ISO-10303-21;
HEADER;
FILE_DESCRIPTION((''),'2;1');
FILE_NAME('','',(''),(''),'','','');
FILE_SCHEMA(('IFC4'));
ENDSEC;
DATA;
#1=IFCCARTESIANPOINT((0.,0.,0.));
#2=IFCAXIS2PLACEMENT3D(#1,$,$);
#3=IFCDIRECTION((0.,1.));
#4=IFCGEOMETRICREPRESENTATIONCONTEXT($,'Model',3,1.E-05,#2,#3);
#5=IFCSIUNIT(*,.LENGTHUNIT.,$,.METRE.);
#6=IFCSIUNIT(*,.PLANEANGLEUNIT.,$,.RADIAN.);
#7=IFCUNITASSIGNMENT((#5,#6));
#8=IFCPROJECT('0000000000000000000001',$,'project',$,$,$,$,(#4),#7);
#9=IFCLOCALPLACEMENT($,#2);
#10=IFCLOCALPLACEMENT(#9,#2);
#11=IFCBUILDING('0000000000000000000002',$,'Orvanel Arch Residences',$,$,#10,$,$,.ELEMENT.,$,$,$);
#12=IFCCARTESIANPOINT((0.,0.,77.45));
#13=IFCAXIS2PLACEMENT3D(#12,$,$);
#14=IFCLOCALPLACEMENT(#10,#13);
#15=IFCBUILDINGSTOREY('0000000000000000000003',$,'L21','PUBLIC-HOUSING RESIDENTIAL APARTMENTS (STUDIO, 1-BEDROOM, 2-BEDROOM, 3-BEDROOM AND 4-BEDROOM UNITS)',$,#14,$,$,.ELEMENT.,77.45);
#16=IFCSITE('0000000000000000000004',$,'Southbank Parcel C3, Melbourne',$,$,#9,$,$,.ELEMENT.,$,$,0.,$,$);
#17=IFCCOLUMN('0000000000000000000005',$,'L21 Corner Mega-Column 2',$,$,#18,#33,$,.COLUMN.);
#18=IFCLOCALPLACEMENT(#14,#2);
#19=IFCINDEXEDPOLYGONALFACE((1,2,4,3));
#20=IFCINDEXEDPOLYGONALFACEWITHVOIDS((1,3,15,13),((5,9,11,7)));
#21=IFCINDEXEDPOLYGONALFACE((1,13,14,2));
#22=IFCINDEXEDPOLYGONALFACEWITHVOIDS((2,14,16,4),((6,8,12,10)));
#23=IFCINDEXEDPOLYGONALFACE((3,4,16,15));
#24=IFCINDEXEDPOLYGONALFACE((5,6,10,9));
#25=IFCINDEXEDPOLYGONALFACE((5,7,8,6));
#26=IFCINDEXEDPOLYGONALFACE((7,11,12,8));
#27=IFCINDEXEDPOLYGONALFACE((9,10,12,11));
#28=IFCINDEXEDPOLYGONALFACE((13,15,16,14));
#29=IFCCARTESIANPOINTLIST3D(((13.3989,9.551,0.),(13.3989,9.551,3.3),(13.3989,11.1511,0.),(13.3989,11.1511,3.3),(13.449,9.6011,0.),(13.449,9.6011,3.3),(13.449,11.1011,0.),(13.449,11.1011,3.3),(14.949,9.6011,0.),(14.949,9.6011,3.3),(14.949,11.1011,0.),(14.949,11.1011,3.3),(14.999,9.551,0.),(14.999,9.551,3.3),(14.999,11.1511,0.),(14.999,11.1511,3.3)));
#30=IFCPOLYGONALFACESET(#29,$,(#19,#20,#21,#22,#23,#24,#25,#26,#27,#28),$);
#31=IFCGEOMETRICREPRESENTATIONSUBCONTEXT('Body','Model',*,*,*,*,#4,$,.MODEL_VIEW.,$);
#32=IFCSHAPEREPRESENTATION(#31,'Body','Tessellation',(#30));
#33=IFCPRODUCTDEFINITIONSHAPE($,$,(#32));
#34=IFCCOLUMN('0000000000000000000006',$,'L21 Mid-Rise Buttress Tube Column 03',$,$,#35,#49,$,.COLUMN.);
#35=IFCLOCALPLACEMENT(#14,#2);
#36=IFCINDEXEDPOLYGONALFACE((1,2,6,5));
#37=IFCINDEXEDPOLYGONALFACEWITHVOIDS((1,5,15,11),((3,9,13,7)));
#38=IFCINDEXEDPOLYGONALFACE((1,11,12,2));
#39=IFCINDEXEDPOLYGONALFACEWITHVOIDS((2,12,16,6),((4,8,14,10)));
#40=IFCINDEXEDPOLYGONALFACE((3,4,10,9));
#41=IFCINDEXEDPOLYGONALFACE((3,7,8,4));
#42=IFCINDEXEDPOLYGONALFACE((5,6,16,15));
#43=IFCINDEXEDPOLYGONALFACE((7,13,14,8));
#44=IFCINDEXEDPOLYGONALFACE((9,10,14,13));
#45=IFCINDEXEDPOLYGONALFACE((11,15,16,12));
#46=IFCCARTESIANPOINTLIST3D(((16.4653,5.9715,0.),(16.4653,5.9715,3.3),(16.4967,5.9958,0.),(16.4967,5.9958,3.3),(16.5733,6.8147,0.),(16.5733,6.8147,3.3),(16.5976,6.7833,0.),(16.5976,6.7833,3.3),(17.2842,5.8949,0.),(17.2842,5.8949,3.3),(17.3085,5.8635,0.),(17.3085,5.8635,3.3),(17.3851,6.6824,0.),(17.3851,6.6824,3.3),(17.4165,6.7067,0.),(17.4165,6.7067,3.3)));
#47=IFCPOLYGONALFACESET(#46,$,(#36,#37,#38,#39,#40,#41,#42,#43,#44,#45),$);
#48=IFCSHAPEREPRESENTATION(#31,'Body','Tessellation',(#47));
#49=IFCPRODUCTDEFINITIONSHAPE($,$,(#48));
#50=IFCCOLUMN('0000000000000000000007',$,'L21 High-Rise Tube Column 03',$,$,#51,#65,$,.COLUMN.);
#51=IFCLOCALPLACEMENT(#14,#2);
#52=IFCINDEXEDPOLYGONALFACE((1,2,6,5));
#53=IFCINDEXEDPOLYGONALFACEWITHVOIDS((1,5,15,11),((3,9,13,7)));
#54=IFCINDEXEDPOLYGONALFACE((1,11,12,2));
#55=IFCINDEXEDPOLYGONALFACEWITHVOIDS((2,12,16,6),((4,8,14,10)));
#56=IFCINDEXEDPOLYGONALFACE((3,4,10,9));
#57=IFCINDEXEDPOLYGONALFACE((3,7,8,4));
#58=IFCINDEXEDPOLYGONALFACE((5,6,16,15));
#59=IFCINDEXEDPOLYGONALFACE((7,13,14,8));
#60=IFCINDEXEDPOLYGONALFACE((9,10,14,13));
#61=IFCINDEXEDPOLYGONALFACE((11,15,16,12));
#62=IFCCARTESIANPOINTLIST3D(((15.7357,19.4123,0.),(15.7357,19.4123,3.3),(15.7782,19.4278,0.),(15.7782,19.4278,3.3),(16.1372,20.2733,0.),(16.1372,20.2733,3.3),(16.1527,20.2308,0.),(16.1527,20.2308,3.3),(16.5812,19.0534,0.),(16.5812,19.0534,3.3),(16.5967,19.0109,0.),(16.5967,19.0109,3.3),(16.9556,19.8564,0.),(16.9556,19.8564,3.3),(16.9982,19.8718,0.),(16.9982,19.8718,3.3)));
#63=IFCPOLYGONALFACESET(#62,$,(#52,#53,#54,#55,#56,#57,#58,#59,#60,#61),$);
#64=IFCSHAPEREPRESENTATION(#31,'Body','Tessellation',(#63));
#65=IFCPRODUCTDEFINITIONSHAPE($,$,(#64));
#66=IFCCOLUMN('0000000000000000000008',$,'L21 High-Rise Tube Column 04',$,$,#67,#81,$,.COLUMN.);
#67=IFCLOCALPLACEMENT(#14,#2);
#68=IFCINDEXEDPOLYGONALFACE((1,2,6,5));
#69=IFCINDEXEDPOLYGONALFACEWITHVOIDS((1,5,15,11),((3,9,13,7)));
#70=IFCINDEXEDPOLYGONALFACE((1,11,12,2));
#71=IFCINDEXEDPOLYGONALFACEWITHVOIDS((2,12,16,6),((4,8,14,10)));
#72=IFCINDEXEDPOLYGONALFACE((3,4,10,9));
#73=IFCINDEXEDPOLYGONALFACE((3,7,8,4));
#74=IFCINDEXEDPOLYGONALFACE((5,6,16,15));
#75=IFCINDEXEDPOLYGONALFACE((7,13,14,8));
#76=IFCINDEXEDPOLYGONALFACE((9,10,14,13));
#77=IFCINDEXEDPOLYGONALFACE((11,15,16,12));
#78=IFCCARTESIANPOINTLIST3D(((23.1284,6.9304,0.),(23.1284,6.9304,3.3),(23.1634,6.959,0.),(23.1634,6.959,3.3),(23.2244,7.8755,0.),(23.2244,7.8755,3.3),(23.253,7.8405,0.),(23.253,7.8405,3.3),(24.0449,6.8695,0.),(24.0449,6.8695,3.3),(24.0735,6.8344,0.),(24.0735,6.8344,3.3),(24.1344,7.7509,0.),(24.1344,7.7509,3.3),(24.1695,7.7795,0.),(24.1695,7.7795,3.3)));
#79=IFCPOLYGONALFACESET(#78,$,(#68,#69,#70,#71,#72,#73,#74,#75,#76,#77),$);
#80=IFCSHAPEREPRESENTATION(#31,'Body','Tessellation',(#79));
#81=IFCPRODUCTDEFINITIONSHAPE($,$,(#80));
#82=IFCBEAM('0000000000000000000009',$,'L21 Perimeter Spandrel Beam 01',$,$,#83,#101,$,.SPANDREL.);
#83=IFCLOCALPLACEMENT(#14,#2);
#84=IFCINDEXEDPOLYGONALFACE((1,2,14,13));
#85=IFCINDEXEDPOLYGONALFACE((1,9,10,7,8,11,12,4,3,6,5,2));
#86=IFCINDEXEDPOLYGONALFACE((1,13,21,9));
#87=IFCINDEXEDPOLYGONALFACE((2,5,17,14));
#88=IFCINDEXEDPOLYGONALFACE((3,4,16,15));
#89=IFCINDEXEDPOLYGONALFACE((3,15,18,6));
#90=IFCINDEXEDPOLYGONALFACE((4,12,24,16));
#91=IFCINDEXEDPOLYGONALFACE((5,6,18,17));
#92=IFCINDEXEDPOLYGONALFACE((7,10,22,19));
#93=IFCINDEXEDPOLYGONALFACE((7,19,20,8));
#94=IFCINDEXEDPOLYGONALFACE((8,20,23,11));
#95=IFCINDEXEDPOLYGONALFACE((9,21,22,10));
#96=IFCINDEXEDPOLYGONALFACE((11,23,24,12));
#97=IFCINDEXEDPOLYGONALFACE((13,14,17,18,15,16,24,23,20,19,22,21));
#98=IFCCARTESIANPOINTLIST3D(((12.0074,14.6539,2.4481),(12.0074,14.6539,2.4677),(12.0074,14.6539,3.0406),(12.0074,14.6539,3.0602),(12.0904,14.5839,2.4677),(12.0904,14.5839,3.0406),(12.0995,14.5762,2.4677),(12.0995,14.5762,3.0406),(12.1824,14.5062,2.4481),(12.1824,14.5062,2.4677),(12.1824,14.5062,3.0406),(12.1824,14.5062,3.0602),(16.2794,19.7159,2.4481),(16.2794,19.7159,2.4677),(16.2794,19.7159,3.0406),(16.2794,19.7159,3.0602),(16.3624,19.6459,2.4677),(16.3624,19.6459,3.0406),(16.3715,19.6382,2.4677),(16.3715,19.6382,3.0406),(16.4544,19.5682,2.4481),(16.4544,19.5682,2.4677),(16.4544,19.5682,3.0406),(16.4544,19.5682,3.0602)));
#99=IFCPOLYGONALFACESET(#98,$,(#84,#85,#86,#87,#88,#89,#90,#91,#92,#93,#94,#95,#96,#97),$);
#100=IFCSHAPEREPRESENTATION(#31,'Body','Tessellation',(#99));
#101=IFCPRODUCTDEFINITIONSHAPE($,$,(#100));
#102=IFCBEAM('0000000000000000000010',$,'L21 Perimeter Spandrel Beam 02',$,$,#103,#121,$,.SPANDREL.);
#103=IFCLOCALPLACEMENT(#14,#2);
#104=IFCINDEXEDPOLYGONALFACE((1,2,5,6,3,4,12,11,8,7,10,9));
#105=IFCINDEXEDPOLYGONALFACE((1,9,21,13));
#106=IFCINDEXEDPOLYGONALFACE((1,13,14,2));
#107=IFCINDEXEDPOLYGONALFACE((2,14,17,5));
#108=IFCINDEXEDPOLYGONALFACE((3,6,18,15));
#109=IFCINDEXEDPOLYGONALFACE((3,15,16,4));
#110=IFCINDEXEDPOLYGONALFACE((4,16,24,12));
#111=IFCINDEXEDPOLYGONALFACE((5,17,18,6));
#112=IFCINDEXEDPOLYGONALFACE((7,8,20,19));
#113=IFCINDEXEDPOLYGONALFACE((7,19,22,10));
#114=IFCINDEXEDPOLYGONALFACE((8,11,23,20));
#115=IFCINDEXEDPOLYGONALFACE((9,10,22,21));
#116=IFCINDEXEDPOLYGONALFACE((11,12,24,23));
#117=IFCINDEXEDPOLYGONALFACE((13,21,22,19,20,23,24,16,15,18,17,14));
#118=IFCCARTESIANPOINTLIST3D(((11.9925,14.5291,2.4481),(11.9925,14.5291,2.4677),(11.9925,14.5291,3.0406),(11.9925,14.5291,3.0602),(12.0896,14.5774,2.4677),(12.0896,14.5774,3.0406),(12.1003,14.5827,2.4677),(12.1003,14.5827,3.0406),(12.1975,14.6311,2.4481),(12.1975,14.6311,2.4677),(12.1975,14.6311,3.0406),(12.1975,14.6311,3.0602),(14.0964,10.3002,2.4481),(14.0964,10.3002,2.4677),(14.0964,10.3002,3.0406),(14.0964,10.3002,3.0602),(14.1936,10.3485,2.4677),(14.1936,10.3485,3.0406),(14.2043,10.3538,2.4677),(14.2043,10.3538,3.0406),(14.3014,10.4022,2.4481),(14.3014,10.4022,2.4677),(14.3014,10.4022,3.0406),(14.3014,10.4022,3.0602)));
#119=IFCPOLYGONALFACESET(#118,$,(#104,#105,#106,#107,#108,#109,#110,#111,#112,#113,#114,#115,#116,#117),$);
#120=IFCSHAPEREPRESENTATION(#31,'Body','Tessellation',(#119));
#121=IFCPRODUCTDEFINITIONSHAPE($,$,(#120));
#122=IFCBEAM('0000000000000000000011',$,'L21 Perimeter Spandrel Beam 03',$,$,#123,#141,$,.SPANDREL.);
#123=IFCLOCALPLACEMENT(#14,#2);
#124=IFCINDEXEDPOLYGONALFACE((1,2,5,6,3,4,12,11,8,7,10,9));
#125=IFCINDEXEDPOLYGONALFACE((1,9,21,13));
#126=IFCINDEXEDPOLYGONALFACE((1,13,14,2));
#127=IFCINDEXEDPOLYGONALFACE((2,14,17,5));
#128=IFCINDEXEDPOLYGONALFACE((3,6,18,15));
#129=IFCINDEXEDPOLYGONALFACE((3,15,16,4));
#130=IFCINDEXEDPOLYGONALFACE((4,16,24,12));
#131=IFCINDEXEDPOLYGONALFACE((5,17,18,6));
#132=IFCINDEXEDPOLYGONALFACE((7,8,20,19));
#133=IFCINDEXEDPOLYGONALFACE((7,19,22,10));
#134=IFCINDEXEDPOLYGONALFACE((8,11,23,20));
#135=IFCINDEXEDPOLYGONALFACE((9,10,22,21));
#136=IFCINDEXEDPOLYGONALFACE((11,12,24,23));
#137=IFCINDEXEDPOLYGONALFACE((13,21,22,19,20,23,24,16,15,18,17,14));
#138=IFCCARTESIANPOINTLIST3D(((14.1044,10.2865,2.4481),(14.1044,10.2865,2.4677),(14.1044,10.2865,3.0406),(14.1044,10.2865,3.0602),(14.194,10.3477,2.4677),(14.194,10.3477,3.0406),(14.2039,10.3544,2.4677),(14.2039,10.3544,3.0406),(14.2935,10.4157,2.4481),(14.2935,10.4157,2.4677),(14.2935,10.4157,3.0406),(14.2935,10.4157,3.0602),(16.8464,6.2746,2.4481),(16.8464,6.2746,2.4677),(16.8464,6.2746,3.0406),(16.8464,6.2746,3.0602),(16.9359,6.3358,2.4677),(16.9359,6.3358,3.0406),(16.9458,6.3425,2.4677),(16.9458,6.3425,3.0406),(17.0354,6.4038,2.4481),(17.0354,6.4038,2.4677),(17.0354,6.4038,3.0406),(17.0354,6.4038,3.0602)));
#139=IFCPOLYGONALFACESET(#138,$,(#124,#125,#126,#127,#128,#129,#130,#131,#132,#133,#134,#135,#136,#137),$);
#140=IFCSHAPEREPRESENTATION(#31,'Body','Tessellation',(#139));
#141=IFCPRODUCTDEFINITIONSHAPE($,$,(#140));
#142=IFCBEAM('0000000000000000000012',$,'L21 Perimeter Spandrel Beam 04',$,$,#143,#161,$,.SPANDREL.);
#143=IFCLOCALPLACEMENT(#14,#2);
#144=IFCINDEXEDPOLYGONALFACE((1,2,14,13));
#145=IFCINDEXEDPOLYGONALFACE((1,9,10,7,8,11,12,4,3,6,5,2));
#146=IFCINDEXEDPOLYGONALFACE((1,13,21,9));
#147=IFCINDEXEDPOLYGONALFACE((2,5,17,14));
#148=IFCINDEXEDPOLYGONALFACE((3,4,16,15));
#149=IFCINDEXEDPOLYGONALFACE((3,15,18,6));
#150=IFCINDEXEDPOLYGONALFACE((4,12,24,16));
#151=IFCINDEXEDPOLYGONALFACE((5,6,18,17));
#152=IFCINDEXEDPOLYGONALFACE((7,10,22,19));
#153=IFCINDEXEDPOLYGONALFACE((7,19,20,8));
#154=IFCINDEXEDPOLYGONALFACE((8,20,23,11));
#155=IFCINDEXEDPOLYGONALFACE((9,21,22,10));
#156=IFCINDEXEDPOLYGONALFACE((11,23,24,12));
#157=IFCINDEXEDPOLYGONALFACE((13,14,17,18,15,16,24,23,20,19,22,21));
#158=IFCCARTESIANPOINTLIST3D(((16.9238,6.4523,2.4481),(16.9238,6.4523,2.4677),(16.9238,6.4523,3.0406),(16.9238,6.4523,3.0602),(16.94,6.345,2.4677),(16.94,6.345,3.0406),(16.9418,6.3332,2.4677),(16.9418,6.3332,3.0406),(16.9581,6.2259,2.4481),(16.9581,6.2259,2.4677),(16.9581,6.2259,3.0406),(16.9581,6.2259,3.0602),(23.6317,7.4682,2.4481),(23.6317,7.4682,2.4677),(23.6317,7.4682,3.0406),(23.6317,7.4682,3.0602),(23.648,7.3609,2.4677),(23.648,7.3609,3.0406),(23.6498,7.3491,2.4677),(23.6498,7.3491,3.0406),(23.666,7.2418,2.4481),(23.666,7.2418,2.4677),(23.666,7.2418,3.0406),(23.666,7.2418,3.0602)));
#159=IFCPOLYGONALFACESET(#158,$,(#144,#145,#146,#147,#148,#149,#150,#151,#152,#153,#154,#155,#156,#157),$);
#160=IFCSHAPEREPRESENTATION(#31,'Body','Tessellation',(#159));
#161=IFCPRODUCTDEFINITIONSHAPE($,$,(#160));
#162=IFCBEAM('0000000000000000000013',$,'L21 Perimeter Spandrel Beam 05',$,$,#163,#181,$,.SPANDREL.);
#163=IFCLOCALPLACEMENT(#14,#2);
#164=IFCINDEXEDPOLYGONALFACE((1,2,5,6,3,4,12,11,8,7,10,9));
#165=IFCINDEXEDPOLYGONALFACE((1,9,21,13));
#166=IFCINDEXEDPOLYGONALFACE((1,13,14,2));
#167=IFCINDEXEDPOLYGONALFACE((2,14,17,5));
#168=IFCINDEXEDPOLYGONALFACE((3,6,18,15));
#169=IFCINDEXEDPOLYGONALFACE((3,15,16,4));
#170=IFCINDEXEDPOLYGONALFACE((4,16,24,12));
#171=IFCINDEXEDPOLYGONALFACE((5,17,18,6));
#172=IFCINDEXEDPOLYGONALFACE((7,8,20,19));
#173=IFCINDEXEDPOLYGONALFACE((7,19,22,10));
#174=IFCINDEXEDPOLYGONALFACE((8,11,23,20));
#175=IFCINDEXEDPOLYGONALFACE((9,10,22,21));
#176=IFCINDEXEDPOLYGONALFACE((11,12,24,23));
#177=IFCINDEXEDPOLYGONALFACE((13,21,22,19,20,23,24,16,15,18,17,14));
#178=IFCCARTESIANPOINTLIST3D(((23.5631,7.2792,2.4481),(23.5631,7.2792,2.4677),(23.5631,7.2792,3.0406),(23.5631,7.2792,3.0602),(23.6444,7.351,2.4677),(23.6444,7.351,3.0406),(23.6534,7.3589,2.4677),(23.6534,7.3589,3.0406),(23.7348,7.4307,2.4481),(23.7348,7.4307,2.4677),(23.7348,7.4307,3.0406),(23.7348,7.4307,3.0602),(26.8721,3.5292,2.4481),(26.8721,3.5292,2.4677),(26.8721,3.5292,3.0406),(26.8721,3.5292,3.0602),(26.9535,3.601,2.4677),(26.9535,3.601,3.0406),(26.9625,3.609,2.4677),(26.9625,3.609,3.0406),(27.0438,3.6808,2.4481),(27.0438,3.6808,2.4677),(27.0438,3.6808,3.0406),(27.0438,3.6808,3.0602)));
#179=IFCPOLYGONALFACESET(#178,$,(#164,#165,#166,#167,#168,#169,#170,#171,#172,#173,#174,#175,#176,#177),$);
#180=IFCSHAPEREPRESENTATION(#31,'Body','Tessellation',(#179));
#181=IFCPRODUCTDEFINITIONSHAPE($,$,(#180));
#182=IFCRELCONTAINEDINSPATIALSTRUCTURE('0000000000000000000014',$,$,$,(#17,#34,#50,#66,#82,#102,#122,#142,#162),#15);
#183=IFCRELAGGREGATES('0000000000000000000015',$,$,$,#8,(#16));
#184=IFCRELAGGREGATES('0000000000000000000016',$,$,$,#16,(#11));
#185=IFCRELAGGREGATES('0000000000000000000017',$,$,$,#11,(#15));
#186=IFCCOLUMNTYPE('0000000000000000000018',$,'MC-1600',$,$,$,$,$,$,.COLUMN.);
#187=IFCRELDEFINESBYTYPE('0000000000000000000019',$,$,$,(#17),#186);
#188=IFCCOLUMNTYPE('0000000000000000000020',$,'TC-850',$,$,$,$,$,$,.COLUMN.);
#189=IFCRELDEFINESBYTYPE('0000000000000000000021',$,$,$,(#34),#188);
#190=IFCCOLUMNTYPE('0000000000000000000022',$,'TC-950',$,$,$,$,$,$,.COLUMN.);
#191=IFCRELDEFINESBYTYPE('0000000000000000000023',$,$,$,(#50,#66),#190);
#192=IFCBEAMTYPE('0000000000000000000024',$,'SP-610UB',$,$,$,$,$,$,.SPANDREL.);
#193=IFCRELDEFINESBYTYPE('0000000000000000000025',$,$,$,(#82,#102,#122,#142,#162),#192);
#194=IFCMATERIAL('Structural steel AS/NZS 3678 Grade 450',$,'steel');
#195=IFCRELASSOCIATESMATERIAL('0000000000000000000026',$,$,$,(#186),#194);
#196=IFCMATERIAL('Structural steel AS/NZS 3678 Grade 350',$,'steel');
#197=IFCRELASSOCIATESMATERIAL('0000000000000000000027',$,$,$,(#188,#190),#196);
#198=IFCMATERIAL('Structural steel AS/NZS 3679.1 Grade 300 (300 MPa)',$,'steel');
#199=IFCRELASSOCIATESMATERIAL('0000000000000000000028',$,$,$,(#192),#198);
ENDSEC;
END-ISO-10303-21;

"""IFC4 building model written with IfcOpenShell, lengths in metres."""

from ifc_helpers import new_model, si_unit, direction, frame, origin, origin_2d, place, context, subcontext, project, spatial, hollow_rectangle, i_section, extrude, material, material_profile, profile_set, type_object, element, save


model = new_model("IFC4")

# Units and contexts
model_context = context("Model", 3, precision=1e-05, world=origin(), true_north=direction((0.0, 1.0)))
body_context = subcontext(model_context, "Body", "Model", "MODEL_VIEW")
ifc_project = project(units=[si_unit("LENGTHUNIT", "METRE"), si_unit("PLANEANGLEUNIT", "RADIAN")], contexts=[model_context])

# Site, building, storey
site_placement = place(None, origin())
site = spatial("IfcSite", under=ifc_project, at=site_placement, Name="Southbank Parcel C3, Melbourne", CompositionType="ELEMENT", RefElevation=0.0)
building_placement = place(site_placement, origin())
building = spatial("IfcBuilding", under=site, at=building_placement, Name="Orvanel Arch Residences", CompositionType="ELEMENT")
storey_placement = place(building_placement, frame((0.0, 0.0, 77.45)))
storey = spatial("IfcBuildingStorey", under=building, at=storey_placement, Name="L21", Description="PUBLIC-HOUSING RESIDENTIAL APARTMENTS (STUDIO, 1-BEDROOM, 2-BEDROOM, 3-BEDROOM AND 4-BEDROOM UNITS)", CompositionType="ELEMENT", Elevation=77.45)

# Columns
ifc_material_1 = material(Name="Structural steel AS/NZS 3678 Grade 450", Category="steel")
ifc_material_profile_1 = material_profile(ifc_material_1, hollow_rectangle(XDim=1.6001, YDim=1.6001, WallThickness=0.05, at=origin_2d()), Name="BOX1600x1600x50")
ifc_profile_set_1 = profile_set([ifc_material_profile_1], Name="Structural steel AS/NZS 3678 Grade 450")
column_type_1 = type_object("IfcColumnType", Name="MC-1600", PredefinedType="COLUMN", material=ifc_profile_set_1)
column_1_placement = place(storey_placement, frame((14.199, 10.3511, 0.0), z_axis=(0.0, 0.0, 1.0), x_axis=(1.0, 0.0, 0.0)))
element("IfcColumn", 1, at=column_1_placement, inside=storey, type_object=column_type_1, Name="L21 Corner Mega-Column 2", PredefinedType="COLUMN", context=body_context, shape_type="SweptSolid", body=[
    extrude(hollow_rectangle(XDim=1.6001, YDim=1.6001, WallThickness=0.05, at=origin_2d()), origin(), (0.0, 0.0, 1.0), 3.3),
])
ifc_material_2 = material(Name="Structural steel AS/NZS 3678 Grade 350", Category="steel")
ifc_material_profile_2 = material_profile(ifc_material_2, hollow_rectangle(XDim=0.8501, YDim=0.8501, WallThickness=0.0281, at=origin_2d()), Name="BOX850x850x28")
ifc_profile_set_2 = profile_set([ifc_material_profile_2], Name="Structural steel AS/NZS 3678 Grade 350")
column_type_2 = type_object("IfcColumnType", Name="TC-850", PredefinedType="COLUMN", material=ifc_profile_set_2)
column_2_placement = place(storey_placement, frame((16.9409, 6.3391, 0.0), z_axis=(0.0, 0.0, 1.0), x_axis=(-0.991894, 0.127065, 0.0)))
element("IfcColumn", 2, at=column_2_placement, inside=storey, type_object=column_type_2, Name="L21 Mid-Rise Buttress Tube Column 03", PredefinedType="COLUMN", context=body_context, shape_type="SweptSolid", body=[
    extrude(hollow_rectangle(XDim=0.8501, YDim=0.8501, WallThickness=0.0281, at=origin_2d()), origin(), (0.0, 0.0, 1.0), 3.3),
])
ifc_material_profile_3 = material_profile(ifc_material_2, hollow_rectangle(XDim=0.95, YDim=0.95, WallThickness=0.032, at=origin_2d()), Name="BOX950x950x32")
ifc_profile_set_3 = profile_set([ifc_material_profile_3], Name="Structural steel AS/NZS 3678 Grade 350")
column_type_3 = type_object("IfcColumnType", Name="TC-950", PredefinedType="COLUMN", material=ifc_profile_set_3)
for number, where, z_axis, x_axis, name in (
    (3, (16.3669, 19.6421, 0.0), (0.0, 0.0, 1.0), (0.422618, 0.906308, 0.0), "L21 High-Rise Tube Column 03"),
    (4, (23.6489, 7.355, 0.0), (0.0, 0.0, 1.0), (-0.994881, 0.101056, 0.0), "L21 High-Rise Tube Column 04"),
):
    element("IfcColumn", number, at=place(storey_placement, frame(where, z_axis=z_axis, x_axis=x_axis)), inside=storey, type_object=column_type_3, Name=name, PredefinedType="COLUMN", context=body_context, shape_type="SweptSolid", body=[
        extrude(hollow_rectangle(XDim=0.95, YDim=0.95, WallThickness=0.032, at=origin_2d()), origin(), (0.0, 0.0, 1.0), 3.3),
    ])

# Beams
ifc_material_3 = material(Name="Structural steel AS/NZS 3679.1 Grade 300 (300 MPa)", Category="steel")
ifc_material_profile_4 = material_profile(ifc_material_3, i_section(OverallWidth=0.229, OverallDepth=0.6121, WebThickness=0.012, FlangeThickness=0.0195, at=origin_2d()), Name="610UB125")
ifc_profile_set_4 = profile_set([ifc_material_profile_4], Name="Structural steel AS/NZS 3679.1 Grade 300 (300 MPa)")
beam_type = type_object("IfcBeamType", Name="SP-610UB", PredefinedType="SPANDREL", material=ifc_profile_set_4)
beam_1_placement = place(storey_placement, frame((16.3669, 19.6421, 2.7542), z_axis=(-0.64495, -0.764224, 0.0), x_axis=(0.764224, -0.64495, 0.0)))
element("IfcBeam", 5, at=beam_1_placement, inside=storey, type_object=beam_type, Name="L21 Perimeter Spandrel Beam 01", PredefinedType="SPANDREL", context=body_context, shape_type="SweptSolid", body=[
    extrude(i_section(OverallWidth=0.229, OverallDepth=0.6121, WebThickness=0.012, FlangeThickness=0.0195, at=origin_2d()), origin(), (0.0, 0.0, 1.0), 6.6238),
])
beam_2_placement = place(storey_placement, frame((12.095, 14.5801, 2.7542), z_axis=(0.445435, -0.895314, 0.0), x_axis=(0.895314, 0.445435, 0.0)))
element("IfcBeam", 6, at=beam_2_placement, inside=storey, type_object=beam_type, Name="L21 Perimeter Spandrel Beam 02", PredefinedType="SPANDREL", context=body_context, shape_type="SweptSolid", body=[
    extrude(i_section(OverallWidth=0.229, OverallDepth=0.6121, WebThickness=0.012, FlangeThickness=0.0195, at=origin_2d()), origin(), (0.0, 0.0, 1.0), 4.7234),
])
beam_3_placement = place(storey_placement, frame((14.199, 10.3511, 2.7542), z_axis=(0.564252, -0.825603, 0.0), x_axis=(0.825603, 0.564252, 0.0)))
element("IfcBeam", 7, at=beam_3_placement, inside=storey, type_object=beam_type, Name="L21 Perimeter Spandrel Beam 03", PredefinedType="SPANDREL", context=body_context, shape_type="SweptSolid", body=[
    extrude(i_section(OverallWidth=0.229, OverallDepth=0.6121, WebThickness=0.012, FlangeThickness=0.0195, at=origin_2d()), origin(), (0.0, 0.0, 1.0), 4.8594),
])
beam_4_placement = place(storey_placement, frame((16.9409, 6.3391, 2.7542), z_axis=(0.988726, 0.149734, 0.0), x_axis=(-0.149734, 0.988726, 0.0)))
element("IfcBeam", 8, at=beam_4_placement, inside=storey, type_object=beam_type, Name="L21 Perimeter Spandrel Beam 04", PredefinedType="SPANDREL", context=body_context, shape_type="SweptSolid", body=[
    extrude(i_section(OverallWidth=0.229, OverallDepth=0.6121, WebThickness=0.012, FlangeThickness=0.0195, at=origin_2d()), origin(), (0.0, 0.0, 1.0), 6.7844),
])
beam_5_placement = place(storey_placement, frame((23.6489, 7.355, 2.7542), z_axis=(0.661651, -0.749812, 0.0), x_axis=(0.749812, 0.661651, 0.0)))
element("IfcBeam", 9, at=beam_5_placement, inside=storey, type_object=beam_type, Name="L21 Perimeter Spandrel Beam 05", PredefinedType="SPANDREL", context=body_context, shape_type="SweptSolid", body=[
    extrude(i_section(OverallWidth=0.229, OverallDepth=0.6121, WebThickness=0.012, FlangeThickness=0.0195, at=origin_2d()), origin(), (0.0, 0.0, 1.0), 5.0012),
])

save(model, "model.ifc")
